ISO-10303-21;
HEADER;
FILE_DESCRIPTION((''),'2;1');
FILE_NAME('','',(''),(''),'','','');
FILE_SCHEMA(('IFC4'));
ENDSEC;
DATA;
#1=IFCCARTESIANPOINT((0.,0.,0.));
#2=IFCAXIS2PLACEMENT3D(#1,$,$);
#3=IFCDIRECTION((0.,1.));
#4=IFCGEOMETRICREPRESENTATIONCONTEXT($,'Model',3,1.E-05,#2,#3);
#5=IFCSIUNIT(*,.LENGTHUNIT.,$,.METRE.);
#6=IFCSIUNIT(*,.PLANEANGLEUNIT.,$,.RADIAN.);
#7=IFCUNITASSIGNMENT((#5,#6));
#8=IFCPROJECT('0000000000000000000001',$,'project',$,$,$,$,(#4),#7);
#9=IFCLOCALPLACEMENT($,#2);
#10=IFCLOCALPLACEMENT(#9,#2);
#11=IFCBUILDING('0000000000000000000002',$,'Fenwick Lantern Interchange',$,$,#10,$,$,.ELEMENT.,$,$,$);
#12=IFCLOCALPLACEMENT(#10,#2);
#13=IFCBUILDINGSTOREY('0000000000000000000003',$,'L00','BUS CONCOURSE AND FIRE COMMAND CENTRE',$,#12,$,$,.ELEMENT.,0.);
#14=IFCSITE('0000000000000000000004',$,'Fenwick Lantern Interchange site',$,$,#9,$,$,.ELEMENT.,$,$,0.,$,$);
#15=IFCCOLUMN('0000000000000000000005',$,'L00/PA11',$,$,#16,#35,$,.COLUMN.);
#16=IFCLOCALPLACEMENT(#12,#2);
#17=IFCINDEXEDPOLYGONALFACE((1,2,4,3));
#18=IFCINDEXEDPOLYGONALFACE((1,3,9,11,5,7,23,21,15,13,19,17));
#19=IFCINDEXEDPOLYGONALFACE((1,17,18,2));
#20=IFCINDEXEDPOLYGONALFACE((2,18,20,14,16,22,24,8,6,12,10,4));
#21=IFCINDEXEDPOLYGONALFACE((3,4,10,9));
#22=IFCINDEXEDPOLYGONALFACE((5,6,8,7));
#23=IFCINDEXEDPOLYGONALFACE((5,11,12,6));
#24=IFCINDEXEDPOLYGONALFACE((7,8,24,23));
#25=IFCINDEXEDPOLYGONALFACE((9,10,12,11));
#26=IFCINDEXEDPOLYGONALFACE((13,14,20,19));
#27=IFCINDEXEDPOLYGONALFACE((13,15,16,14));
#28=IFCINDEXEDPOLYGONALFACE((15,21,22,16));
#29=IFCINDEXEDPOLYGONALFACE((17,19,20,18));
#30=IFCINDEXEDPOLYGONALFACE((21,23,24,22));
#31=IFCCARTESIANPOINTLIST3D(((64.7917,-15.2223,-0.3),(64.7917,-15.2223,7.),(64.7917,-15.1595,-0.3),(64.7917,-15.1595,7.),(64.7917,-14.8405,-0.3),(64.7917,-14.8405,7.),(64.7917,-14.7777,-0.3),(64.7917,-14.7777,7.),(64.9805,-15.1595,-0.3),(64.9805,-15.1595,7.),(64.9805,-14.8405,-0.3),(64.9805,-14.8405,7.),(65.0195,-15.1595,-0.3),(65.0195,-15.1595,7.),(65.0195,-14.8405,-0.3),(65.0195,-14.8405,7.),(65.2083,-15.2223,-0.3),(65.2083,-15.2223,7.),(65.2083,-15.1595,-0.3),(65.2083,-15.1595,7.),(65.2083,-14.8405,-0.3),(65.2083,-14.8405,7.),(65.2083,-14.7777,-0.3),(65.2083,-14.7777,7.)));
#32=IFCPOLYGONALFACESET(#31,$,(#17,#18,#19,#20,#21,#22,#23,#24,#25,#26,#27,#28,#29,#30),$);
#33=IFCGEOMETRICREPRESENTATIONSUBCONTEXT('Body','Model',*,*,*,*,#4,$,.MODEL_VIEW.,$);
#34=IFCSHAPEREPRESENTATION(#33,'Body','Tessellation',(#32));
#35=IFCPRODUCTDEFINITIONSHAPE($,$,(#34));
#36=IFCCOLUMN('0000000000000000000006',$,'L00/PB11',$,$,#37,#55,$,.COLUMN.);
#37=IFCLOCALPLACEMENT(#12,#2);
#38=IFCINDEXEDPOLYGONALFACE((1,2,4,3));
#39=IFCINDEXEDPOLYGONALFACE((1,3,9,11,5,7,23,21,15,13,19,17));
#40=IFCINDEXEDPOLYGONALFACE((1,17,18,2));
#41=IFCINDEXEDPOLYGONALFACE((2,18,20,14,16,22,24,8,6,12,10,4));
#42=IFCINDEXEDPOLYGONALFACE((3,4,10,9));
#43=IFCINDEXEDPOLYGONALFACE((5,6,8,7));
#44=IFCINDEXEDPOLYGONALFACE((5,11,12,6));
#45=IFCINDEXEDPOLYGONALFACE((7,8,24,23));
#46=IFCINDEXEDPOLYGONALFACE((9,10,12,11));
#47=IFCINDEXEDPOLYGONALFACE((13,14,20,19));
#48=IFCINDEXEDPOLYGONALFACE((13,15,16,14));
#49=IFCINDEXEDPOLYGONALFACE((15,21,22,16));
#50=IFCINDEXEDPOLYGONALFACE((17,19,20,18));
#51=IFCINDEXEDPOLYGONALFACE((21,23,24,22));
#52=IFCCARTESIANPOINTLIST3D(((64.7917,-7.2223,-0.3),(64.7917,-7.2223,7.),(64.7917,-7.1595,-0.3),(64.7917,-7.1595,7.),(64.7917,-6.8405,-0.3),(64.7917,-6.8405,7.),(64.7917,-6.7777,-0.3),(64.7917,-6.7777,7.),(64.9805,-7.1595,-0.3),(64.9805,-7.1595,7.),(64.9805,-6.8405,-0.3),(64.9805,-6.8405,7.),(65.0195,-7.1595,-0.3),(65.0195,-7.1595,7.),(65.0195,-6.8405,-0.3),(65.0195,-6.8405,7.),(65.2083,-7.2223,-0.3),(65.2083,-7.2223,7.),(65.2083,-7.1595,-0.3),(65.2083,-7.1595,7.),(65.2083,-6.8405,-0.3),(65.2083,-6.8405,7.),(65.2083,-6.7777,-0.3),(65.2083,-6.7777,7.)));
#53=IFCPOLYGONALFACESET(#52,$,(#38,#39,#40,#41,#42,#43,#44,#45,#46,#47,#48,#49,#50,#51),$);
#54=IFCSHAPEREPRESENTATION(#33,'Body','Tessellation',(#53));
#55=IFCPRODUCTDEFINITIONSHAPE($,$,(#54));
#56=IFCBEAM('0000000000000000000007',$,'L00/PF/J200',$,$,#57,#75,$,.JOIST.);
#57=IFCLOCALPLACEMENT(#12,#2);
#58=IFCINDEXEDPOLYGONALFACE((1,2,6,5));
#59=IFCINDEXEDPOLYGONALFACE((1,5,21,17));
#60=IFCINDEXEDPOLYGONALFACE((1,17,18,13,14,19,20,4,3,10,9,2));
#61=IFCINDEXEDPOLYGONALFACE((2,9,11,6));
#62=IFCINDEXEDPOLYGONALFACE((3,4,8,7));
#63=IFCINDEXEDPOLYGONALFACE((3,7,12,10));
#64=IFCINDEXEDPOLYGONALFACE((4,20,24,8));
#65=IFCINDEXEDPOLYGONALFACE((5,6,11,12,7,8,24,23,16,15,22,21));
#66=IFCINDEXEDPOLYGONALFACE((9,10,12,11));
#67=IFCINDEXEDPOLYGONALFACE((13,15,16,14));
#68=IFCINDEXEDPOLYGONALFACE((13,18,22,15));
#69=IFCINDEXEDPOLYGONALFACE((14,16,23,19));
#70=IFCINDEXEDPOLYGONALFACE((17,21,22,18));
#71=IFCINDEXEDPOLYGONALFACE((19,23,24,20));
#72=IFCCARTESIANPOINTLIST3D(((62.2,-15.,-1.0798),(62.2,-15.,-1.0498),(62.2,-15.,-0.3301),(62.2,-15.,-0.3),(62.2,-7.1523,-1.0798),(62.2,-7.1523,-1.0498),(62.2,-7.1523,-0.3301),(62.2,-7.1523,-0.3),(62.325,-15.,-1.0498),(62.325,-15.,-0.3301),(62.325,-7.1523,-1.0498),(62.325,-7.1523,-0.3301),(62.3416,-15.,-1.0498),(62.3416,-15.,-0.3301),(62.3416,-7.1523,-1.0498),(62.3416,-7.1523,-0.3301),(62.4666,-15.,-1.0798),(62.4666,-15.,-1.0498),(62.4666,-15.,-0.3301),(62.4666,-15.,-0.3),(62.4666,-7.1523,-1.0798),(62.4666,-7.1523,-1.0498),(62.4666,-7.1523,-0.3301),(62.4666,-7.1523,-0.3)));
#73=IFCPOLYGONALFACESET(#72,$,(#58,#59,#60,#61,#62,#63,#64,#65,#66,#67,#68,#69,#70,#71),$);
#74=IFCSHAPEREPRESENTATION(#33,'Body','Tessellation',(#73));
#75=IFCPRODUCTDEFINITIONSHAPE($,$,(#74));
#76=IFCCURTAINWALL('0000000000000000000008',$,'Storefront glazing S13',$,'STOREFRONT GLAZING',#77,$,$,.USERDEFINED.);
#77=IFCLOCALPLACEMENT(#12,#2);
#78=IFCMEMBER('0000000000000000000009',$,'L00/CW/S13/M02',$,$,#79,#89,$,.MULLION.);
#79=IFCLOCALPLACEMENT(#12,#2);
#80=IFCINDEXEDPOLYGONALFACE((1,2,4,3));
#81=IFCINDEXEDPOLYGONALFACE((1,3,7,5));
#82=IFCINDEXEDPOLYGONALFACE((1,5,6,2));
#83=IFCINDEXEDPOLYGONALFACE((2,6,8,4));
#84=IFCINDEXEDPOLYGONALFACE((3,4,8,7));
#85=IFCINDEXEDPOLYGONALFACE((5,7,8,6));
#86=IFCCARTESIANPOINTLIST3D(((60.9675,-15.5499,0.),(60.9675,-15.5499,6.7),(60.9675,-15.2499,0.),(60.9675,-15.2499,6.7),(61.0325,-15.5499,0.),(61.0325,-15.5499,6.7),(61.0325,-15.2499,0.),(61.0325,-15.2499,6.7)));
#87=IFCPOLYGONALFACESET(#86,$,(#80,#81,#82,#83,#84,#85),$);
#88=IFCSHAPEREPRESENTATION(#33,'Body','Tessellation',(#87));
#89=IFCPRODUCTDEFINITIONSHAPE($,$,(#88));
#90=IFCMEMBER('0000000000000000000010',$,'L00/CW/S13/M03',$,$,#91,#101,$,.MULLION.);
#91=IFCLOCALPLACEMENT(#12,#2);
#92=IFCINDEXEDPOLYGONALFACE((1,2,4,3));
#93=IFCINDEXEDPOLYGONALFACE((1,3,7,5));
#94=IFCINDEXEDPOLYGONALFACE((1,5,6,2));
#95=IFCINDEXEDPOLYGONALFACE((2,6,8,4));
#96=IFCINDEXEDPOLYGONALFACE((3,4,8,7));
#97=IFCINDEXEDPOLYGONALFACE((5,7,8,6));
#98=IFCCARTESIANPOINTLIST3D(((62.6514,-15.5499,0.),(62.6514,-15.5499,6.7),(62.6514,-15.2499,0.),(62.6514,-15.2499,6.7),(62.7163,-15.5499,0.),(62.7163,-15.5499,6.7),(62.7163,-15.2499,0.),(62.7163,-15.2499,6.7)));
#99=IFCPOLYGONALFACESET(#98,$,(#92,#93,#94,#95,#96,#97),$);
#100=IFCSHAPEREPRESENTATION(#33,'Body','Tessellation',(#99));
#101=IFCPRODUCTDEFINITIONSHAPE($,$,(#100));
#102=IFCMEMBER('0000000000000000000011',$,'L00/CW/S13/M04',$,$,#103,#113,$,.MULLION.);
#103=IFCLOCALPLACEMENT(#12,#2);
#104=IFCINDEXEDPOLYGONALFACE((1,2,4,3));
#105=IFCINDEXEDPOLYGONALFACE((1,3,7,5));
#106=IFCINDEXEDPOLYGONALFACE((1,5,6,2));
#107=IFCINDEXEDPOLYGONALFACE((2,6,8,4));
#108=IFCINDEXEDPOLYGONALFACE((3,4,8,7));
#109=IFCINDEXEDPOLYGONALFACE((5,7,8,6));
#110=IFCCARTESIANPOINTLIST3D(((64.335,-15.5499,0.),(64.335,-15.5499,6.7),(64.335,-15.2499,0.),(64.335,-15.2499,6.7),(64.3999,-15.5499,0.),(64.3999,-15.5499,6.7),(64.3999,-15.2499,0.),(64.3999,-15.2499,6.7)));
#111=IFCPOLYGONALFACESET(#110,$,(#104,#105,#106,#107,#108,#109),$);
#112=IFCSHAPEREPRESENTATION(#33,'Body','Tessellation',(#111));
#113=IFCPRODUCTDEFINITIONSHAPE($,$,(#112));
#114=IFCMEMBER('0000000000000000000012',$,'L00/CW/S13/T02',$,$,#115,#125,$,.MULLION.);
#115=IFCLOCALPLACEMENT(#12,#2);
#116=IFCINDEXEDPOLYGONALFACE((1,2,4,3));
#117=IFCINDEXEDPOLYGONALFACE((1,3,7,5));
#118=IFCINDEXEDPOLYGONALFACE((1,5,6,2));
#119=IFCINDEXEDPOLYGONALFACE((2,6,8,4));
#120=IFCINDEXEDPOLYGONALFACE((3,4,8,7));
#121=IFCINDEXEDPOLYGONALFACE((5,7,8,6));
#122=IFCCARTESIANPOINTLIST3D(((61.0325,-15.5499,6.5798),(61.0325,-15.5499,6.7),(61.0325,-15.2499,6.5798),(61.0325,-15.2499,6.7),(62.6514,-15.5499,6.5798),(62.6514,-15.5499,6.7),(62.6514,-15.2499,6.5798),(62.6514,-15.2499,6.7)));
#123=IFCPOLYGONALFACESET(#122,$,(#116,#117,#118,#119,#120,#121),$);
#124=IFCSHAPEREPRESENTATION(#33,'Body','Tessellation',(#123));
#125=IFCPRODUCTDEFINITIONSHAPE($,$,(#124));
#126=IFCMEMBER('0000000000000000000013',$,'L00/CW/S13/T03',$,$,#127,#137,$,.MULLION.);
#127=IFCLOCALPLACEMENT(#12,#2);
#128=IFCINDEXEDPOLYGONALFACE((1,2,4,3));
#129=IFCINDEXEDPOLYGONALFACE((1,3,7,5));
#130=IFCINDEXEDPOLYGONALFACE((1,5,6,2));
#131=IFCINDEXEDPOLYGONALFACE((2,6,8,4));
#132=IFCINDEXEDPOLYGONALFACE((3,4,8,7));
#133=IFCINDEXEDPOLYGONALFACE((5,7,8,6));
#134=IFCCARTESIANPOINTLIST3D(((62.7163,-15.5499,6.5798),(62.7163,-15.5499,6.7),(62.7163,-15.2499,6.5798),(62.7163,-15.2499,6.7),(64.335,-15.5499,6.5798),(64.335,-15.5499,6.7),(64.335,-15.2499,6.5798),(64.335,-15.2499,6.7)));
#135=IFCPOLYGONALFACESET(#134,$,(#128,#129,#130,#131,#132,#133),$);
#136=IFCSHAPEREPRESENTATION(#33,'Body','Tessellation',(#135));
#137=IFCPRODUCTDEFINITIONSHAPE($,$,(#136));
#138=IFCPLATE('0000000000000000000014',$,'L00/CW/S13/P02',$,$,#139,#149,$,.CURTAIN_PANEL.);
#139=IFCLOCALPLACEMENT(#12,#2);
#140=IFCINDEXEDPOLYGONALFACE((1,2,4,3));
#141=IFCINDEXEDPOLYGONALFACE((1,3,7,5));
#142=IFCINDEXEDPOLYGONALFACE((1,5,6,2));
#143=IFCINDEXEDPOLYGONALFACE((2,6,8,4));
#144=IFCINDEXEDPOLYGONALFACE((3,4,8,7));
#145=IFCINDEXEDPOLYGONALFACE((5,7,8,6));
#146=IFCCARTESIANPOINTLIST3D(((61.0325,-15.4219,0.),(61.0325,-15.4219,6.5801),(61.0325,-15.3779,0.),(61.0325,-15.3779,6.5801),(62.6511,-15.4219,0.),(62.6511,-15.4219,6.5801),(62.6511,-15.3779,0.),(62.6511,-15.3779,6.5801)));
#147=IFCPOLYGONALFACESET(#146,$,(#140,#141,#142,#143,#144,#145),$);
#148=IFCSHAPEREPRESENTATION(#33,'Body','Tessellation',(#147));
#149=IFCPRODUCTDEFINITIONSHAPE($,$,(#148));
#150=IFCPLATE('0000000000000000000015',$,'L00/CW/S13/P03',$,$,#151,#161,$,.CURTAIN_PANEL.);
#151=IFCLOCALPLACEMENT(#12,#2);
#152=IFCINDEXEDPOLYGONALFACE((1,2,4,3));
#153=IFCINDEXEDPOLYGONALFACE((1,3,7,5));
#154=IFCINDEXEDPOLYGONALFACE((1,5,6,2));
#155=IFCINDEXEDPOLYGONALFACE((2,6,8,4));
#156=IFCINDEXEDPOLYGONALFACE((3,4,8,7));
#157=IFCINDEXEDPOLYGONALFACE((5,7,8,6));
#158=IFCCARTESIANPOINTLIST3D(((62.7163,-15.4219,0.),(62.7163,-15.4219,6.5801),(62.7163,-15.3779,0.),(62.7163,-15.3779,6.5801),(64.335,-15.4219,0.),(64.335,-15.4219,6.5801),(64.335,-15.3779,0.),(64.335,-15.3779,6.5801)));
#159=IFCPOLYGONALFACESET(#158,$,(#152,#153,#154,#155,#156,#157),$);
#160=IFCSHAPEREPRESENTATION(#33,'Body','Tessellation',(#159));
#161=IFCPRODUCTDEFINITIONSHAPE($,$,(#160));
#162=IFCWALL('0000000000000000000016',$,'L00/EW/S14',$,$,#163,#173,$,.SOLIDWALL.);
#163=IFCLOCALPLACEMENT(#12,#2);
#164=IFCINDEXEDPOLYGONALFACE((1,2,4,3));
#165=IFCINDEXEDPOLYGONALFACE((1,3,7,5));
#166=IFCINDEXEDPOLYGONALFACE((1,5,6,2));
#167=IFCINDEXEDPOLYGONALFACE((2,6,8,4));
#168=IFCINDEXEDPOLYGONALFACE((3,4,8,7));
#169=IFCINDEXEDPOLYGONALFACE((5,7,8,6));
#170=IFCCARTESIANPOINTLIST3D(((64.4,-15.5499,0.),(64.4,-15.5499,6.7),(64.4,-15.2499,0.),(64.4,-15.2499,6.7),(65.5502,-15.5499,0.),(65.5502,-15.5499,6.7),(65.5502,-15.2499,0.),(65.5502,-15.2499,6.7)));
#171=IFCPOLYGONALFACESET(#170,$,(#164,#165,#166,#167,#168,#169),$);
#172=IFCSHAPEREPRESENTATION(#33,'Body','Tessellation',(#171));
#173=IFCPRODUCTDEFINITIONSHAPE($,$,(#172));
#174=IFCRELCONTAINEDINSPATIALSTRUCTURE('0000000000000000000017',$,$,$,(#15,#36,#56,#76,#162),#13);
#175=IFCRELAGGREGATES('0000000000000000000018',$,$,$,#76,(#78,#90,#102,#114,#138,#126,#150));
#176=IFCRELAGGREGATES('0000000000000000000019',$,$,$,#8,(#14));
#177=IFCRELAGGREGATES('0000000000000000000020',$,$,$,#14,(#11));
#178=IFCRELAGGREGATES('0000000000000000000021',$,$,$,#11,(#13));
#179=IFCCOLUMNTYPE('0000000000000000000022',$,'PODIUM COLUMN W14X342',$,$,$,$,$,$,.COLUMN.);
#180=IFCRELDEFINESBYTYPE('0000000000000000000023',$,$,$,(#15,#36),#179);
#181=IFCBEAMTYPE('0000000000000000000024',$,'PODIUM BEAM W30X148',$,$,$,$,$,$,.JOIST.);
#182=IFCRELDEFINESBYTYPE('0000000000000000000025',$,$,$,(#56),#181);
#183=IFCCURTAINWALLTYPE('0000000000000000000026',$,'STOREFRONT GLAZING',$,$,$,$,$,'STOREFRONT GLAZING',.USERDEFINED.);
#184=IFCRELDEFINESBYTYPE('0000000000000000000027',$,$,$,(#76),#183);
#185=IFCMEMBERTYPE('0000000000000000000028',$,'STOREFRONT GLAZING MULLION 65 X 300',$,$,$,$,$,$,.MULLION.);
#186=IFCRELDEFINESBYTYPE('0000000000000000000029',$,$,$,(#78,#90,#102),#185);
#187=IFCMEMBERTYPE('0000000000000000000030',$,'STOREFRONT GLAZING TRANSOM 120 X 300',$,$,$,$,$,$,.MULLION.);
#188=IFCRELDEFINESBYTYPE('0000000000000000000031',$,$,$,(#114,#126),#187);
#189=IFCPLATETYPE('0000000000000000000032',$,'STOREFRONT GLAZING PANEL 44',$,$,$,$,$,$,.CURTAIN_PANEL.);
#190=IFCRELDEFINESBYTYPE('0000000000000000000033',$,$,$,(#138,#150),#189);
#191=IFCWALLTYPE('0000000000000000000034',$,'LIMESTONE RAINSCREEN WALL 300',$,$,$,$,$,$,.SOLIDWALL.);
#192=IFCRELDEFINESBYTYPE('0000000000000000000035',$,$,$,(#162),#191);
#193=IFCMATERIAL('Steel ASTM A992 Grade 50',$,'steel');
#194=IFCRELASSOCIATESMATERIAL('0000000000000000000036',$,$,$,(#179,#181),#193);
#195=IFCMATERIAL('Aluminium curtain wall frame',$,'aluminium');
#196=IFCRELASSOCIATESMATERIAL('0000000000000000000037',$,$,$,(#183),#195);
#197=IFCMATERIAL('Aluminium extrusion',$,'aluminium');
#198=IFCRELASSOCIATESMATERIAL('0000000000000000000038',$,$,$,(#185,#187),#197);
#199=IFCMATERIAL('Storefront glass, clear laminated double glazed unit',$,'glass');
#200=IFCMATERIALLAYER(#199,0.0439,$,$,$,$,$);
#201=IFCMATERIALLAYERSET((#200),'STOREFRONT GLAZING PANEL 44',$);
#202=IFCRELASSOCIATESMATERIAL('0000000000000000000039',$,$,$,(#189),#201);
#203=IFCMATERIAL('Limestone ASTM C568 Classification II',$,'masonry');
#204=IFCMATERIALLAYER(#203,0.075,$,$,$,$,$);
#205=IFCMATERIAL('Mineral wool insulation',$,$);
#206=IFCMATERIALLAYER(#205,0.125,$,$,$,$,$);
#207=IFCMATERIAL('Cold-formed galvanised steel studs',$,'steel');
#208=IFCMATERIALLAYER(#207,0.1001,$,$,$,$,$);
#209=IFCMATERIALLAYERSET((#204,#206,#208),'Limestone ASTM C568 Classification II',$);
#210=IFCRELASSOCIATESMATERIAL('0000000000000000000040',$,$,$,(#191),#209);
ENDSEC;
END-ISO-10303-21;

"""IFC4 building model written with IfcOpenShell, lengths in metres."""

from ifc_helpers import new_model, si_unit, direction, frame, frame_2d, origin, origin_2d, place, context, subcontext, project, spatial, rectangle, i_section, extrude, material, layer, layer_set, material_profile, profile_set, type_object, element, aggregate, save


model = new_model("IFC4")

# Units and contexts
model_context = context("Model", 3, precision=1e-05, world=origin(), true_north=direction((0.0, 1.0)))
body_context = subcontext(model_context, "Body", "Model", "MODEL_VIEW")
ifc_project = project(units=[si_unit("LENGTHUNIT", "METRE"), si_unit("PLANEANGLEUNIT", "RADIAN")], contexts=[model_context])

# Site, building, storey
site_placement = place(None, origin())
site = spatial("IfcSite", under=ifc_project, at=site_placement, Name="Fenwick Lantern Interchange site", CompositionType="ELEMENT", RefElevation=0.0)
building_placement = place(site_placement, origin())
building = spatial("IfcBuilding", under=site, at=building_placement, Name="Fenwick Lantern Interchange", CompositionType="ELEMENT")
storey_placement = place(building_placement, origin())
storey = spatial("IfcBuildingStorey", under=building, at=storey_placement, Name="L00", Description="BUS CONCOURSE AND FIRE COMMAND CENTRE", CompositionType="ELEMENT", Elevation=0.0)

# Columns
ifc_material_1 = material(Name="Steel ASTM A992 Grade 50", Category="steel")
ifc_material_profile_1 = material_profile(ifc_material_1, i_section(OverallWidth=0.4165, OverallDepth=0.4446, WebThickness=0.0391, FlangeThickness=0.0627, at=origin_2d()), Name="W14X342")
ifc_profile_set_1 = profile_set([ifc_material_profile_1], Name="Steel ASTM A992 Grade 50")
column_type = type_object("IfcColumnType", Name="PODIUM COLUMN W14X342", PredefinedType="COLUMN", material=ifc_profile_set_1)
for number, where, z_axis, x_axis, name in (
    (1, (65.0, -15.0, -0.3), (0.0, 0.0, 1.0), (1.0, 0.0, 0.0), "L00/PA11"),
    (2, (65.0, -7.0, -0.3), (0.0, 0.0, 1.0), (1.0, 0.0, 0.0), "L00/PB11"),
):
    element("IfcColumn", number, at=place(storey_placement, frame(where, z_axis=z_axis, x_axis=x_axis)), inside=storey, type_object=column_type, Name=name, PredefinedType="COLUMN", context=body_context, shape_type="SweptSolid", body=[
        extrude(i_section(OverallWidth=0.4165, OverallDepth=0.4446, WebThickness=0.0391, FlangeThickness=0.0627, at=origin_2d()), origin(), (0.0, 0.0, 1.0), 7.3),
    ])

# Beam
ifc_material_profile_2 = material_profile(ifc_material_1, i_section(OverallWidth=0.2666, OverallDepth=0.7798, WebThickness=0.0166, FlangeThickness=0.03, at=origin_2d()), Name="W30X148")
ifc_profile_set_2 = profile_set([ifc_material_profile_2], Name="Steel ASTM A992 Grade 50")
beam_type = type_object("IfcBeamType", Name="PODIUM BEAM W30X148", PredefinedType="JOIST", material=ifc_profile_set_2)
beam_placement = place(storey_placement, frame((62.3333, -15.0, -0.6899), z_axis=(0.0, 1.0, 0.0), x_axis=(-1.0, 0.0, 0.0)))
element("IfcBeam", 3, at=beam_placement, inside=storey, type_object=beam_type, Name="L00/PF/J200", PredefinedType="JOIST", context=body_context, shape_type="SweptSolid", body=[
    extrude(i_section(OverallWidth=0.2666, OverallDepth=0.7798, WebThickness=0.0166, FlangeThickness=0.03, at=origin_2d()), origin(), (0.0, 0.0, 1.0), 7.8477),
])

# Curtain wall, members, plates
ifc_material_2 = material(Name="Aluminium curtain wall frame", Category="aluminium")
curtain_wall_type = type_object("IfcCurtainWallType", Name="STOREFRONT GLAZING", ElementType="STOREFRONT GLAZING", PredefinedType="USERDEFINED", material=ifc_material_2)
curtain_wall_placement = place(storey_placement, origin())
curtain_wall = element("IfcCurtainWall", 4, at=curtain_wall_placement, inside=storey, type_object=curtain_wall_type, Name="Storefront glazing S13", ObjectType="STOREFRONT GLAZING", PredefinedType="USERDEFINED")
ifc_material_3 = material(Name="Aluminium extrusion", Category="aluminium")
ifc_material_profile_3 = material_profile(ifc_material_3, rectangle(XDim=0.3, YDim=0.0649, at=origin_2d()), Name="STOREFRONT GLAZING MULLION 65 X 300")
ifc_profile_set_3 = profile_set([ifc_material_profile_3], Name="Aluminium extrusion")
member_type_1 = type_object("IfcMemberType", Name="STOREFRONT GLAZING MULLION 65 X 300", PredefinedType="MULLION", material=ifc_profile_set_3)
member_1_placement = place(storey_placement, frame((61.0, -15.3999, 0.0), z_axis=(0.0, 0.0, 1.0), x_axis=(0.0, 1.0, 0.0)))
member_1 = element("IfcMember", 5, at=member_1_placement, type_object=member_type_1, Name="L00/CW/S13/M02", PredefinedType="MULLION", context=body_context, shape_type="SweptSolid", body=[
    extrude(rectangle(XDim=0.3, YDim=0.0649, at=origin_2d()), origin(), (0.0, 0.0, 1.0), 6.7),
])
member_2_placement = place(storey_placement, frame((62.6838, -15.3999, 0.0), z_axis=(0.0, 0.0, 1.0), x_axis=(0.0, 1.0, 0.0)))
member_2 = element("IfcMember", 6, at=member_2_placement, type_object=member_type_1, Name="L00/CW/S13/M03", PredefinedType="MULLION", context=body_context, shape_type="SweptSolid", body=[
    extrude(rectangle(XDim=0.3, YDim=0.0649, at=origin_2d()), origin(), (0.0, 0.0, 1.0), 6.7),
])
member_3_placement = place(storey_placement, frame((64.3674, -15.3999, 0.0), z_axis=(0.0, 0.0, 1.0), x_axis=(0.0, 1.0, 0.0)))
member_3 = element("IfcMember", 7, at=member_3_placement, type_object=member_type_1, Name="L00/CW/S13/M04", PredefinedType="MULLION", context=body_context, shape_type="SweptSolid", body=[
    extrude(rectangle(XDim=0.3, YDim=0.0649, at=origin_2d()), origin(), (0.0, 0.0, 1.0), 6.7),
])
ifc_material_profile_4 = material_profile(ifc_material_3, rectangle(XDim=0.3, YDim=0.1201, at=origin_2d()), Name="STOREFRONT GLAZING TRANSOM 120 X 300")
ifc_profile_set_4 = profile_set([ifc_material_profile_4], Name="Aluminium extrusion")
member_type_2 = type_object("IfcMemberType", Name="STOREFRONT GLAZING TRANSOM 120 X 300", PredefinedType="MULLION", material=ifc_profile_set_4)
member_4_placement = place(storey_placement, frame((61.0325, -15.3999, 6.6399), z_axis=(1.0, 0.0, 0.0), x_axis=(0.0, 1.0, 0.0)))
member_4 = element("IfcMember", 8, at=member_4_placement, type_object=member_type_2, Name="L00/CW/S13/T02", PredefinedType="MULLION", context=body_context, shape_type="SweptSolid", body=[
    extrude(rectangle(XDim=0.3, YDim=0.1201, at=origin_2d()), origin(), (0.0, 0.0, 1.0), 1.6189),
])
member_5_placement = place(storey_placement, frame((62.7163, -15.3999, 6.6399), z_axis=(1.0, 0.0, 0.0), x_axis=(0.0, 1.0, 0.0)))
member_5 = element("IfcMember", 9, at=member_5_placement, type_object=member_type_2, Name="L00/CW/S13/T03", PredefinedType="MULLION", context=body_context, shape_type="SweptSolid", body=[
    extrude(rectangle(XDim=0.3, YDim=0.1201, at=origin_2d()), origin(), (0.0, 0.0, 1.0), 1.6187),
])
ifc_material_4 = material(Name="Storefront glass, clear laminated double glazed unit", Category="glass")
ifc_layer_1 = layer(ifc_material_4, 0.0439)
ifc_layer_set_1 = layer_set([ifc_layer_1], Name="STOREFRONT GLAZING PANEL 44")
plate_type = type_object("IfcPlateType", Name="STOREFRONT GLAZING PANEL 44", PredefinedType="CURTAIN_PANEL", material=ifc_layer_set_1)
plate_1_placement = place(storey_placement, frame((61.8418, -15.3999, 0.0), z_axis=(0.0, 0.0, 1.0), x_axis=(1.0, 0.0, 0.0)))
plate_1 = element("IfcPlate", 10, at=plate_1_placement, type_object=plate_type, Name="L00/CW/S13/P02", PredefinedType="CURTAIN_PANEL", context=body_context, shape_type="SweptSolid", body=[
    extrude(rectangle(XDim=1.6187, YDim=0.0439, at=origin_2d()), origin(), (0.0, 0.0, 1.0), 6.5801),
])
plate_2_placement = place(storey_placement, frame((63.5256, -15.3999, 0.0), z_axis=(0.0, 0.0, 1.0), x_axis=(1.0, 0.0, 0.0)))
plate_2 = element("IfcPlate", 11, at=plate_2_placement, type_object=plate_type, Name="L00/CW/S13/P03", PredefinedType="CURTAIN_PANEL", context=body_context, shape_type="SweptSolid", body=[
    extrude(rectangle(XDim=1.6187, YDim=0.0439, at=origin_2d()), origin(), (0.0, 0.0, 1.0), 6.5801),
])
aggregate(curtain_wall, [member_1, member_2, member_3, member_4, plate_1, member_5, plate_2])

# Wall
ifc_material_5 = material(Name="Limestone ASTM C568 Classification II", Category="masonry")
ifc_layer_2 = layer(ifc_material_5, 0.075)
ifc_material_6 = material(Name="Mineral wool insulation")
ifc_layer_3 = layer(ifc_material_6, 0.125)
ifc_material_7 = material(Name="Cold-formed galvanised steel studs", Category="steel")
ifc_layer_4 = layer(ifc_material_7, 0.1001)
ifc_layer_set_2 = layer_set([ifc_layer_2, ifc_layer_3, ifc_layer_4], Name="Limestone ASTM C568 Classification II")
wall_type = type_object("IfcWallType", Name="LIMESTONE RAINSCREEN WALL 300", PredefinedType="SOLIDWALL", material=ifc_layer_set_2)
wall_1_placement = place(storey_placement, frame((64.3999, -15.3999, 0.0), z_axis=(0.0, 0.0, 1.0), x_axis=(1.0, 0.0, 0.0)))
element("IfcWall", 12, at=wall_1_placement, inside=storey, type_object=wall_type, Name="L00/EW/S14", PredefinedType="SOLIDWALL", context=body_context, shape_type="SweptSolid", body=[
    extrude(rectangle(XDim=1.1501, YDim=0.3, at=frame_2d((0.5752, 0.0))), origin(), (0.0, 0.0, 1.0), 6.7),
])

save(model, "model.ifc")
